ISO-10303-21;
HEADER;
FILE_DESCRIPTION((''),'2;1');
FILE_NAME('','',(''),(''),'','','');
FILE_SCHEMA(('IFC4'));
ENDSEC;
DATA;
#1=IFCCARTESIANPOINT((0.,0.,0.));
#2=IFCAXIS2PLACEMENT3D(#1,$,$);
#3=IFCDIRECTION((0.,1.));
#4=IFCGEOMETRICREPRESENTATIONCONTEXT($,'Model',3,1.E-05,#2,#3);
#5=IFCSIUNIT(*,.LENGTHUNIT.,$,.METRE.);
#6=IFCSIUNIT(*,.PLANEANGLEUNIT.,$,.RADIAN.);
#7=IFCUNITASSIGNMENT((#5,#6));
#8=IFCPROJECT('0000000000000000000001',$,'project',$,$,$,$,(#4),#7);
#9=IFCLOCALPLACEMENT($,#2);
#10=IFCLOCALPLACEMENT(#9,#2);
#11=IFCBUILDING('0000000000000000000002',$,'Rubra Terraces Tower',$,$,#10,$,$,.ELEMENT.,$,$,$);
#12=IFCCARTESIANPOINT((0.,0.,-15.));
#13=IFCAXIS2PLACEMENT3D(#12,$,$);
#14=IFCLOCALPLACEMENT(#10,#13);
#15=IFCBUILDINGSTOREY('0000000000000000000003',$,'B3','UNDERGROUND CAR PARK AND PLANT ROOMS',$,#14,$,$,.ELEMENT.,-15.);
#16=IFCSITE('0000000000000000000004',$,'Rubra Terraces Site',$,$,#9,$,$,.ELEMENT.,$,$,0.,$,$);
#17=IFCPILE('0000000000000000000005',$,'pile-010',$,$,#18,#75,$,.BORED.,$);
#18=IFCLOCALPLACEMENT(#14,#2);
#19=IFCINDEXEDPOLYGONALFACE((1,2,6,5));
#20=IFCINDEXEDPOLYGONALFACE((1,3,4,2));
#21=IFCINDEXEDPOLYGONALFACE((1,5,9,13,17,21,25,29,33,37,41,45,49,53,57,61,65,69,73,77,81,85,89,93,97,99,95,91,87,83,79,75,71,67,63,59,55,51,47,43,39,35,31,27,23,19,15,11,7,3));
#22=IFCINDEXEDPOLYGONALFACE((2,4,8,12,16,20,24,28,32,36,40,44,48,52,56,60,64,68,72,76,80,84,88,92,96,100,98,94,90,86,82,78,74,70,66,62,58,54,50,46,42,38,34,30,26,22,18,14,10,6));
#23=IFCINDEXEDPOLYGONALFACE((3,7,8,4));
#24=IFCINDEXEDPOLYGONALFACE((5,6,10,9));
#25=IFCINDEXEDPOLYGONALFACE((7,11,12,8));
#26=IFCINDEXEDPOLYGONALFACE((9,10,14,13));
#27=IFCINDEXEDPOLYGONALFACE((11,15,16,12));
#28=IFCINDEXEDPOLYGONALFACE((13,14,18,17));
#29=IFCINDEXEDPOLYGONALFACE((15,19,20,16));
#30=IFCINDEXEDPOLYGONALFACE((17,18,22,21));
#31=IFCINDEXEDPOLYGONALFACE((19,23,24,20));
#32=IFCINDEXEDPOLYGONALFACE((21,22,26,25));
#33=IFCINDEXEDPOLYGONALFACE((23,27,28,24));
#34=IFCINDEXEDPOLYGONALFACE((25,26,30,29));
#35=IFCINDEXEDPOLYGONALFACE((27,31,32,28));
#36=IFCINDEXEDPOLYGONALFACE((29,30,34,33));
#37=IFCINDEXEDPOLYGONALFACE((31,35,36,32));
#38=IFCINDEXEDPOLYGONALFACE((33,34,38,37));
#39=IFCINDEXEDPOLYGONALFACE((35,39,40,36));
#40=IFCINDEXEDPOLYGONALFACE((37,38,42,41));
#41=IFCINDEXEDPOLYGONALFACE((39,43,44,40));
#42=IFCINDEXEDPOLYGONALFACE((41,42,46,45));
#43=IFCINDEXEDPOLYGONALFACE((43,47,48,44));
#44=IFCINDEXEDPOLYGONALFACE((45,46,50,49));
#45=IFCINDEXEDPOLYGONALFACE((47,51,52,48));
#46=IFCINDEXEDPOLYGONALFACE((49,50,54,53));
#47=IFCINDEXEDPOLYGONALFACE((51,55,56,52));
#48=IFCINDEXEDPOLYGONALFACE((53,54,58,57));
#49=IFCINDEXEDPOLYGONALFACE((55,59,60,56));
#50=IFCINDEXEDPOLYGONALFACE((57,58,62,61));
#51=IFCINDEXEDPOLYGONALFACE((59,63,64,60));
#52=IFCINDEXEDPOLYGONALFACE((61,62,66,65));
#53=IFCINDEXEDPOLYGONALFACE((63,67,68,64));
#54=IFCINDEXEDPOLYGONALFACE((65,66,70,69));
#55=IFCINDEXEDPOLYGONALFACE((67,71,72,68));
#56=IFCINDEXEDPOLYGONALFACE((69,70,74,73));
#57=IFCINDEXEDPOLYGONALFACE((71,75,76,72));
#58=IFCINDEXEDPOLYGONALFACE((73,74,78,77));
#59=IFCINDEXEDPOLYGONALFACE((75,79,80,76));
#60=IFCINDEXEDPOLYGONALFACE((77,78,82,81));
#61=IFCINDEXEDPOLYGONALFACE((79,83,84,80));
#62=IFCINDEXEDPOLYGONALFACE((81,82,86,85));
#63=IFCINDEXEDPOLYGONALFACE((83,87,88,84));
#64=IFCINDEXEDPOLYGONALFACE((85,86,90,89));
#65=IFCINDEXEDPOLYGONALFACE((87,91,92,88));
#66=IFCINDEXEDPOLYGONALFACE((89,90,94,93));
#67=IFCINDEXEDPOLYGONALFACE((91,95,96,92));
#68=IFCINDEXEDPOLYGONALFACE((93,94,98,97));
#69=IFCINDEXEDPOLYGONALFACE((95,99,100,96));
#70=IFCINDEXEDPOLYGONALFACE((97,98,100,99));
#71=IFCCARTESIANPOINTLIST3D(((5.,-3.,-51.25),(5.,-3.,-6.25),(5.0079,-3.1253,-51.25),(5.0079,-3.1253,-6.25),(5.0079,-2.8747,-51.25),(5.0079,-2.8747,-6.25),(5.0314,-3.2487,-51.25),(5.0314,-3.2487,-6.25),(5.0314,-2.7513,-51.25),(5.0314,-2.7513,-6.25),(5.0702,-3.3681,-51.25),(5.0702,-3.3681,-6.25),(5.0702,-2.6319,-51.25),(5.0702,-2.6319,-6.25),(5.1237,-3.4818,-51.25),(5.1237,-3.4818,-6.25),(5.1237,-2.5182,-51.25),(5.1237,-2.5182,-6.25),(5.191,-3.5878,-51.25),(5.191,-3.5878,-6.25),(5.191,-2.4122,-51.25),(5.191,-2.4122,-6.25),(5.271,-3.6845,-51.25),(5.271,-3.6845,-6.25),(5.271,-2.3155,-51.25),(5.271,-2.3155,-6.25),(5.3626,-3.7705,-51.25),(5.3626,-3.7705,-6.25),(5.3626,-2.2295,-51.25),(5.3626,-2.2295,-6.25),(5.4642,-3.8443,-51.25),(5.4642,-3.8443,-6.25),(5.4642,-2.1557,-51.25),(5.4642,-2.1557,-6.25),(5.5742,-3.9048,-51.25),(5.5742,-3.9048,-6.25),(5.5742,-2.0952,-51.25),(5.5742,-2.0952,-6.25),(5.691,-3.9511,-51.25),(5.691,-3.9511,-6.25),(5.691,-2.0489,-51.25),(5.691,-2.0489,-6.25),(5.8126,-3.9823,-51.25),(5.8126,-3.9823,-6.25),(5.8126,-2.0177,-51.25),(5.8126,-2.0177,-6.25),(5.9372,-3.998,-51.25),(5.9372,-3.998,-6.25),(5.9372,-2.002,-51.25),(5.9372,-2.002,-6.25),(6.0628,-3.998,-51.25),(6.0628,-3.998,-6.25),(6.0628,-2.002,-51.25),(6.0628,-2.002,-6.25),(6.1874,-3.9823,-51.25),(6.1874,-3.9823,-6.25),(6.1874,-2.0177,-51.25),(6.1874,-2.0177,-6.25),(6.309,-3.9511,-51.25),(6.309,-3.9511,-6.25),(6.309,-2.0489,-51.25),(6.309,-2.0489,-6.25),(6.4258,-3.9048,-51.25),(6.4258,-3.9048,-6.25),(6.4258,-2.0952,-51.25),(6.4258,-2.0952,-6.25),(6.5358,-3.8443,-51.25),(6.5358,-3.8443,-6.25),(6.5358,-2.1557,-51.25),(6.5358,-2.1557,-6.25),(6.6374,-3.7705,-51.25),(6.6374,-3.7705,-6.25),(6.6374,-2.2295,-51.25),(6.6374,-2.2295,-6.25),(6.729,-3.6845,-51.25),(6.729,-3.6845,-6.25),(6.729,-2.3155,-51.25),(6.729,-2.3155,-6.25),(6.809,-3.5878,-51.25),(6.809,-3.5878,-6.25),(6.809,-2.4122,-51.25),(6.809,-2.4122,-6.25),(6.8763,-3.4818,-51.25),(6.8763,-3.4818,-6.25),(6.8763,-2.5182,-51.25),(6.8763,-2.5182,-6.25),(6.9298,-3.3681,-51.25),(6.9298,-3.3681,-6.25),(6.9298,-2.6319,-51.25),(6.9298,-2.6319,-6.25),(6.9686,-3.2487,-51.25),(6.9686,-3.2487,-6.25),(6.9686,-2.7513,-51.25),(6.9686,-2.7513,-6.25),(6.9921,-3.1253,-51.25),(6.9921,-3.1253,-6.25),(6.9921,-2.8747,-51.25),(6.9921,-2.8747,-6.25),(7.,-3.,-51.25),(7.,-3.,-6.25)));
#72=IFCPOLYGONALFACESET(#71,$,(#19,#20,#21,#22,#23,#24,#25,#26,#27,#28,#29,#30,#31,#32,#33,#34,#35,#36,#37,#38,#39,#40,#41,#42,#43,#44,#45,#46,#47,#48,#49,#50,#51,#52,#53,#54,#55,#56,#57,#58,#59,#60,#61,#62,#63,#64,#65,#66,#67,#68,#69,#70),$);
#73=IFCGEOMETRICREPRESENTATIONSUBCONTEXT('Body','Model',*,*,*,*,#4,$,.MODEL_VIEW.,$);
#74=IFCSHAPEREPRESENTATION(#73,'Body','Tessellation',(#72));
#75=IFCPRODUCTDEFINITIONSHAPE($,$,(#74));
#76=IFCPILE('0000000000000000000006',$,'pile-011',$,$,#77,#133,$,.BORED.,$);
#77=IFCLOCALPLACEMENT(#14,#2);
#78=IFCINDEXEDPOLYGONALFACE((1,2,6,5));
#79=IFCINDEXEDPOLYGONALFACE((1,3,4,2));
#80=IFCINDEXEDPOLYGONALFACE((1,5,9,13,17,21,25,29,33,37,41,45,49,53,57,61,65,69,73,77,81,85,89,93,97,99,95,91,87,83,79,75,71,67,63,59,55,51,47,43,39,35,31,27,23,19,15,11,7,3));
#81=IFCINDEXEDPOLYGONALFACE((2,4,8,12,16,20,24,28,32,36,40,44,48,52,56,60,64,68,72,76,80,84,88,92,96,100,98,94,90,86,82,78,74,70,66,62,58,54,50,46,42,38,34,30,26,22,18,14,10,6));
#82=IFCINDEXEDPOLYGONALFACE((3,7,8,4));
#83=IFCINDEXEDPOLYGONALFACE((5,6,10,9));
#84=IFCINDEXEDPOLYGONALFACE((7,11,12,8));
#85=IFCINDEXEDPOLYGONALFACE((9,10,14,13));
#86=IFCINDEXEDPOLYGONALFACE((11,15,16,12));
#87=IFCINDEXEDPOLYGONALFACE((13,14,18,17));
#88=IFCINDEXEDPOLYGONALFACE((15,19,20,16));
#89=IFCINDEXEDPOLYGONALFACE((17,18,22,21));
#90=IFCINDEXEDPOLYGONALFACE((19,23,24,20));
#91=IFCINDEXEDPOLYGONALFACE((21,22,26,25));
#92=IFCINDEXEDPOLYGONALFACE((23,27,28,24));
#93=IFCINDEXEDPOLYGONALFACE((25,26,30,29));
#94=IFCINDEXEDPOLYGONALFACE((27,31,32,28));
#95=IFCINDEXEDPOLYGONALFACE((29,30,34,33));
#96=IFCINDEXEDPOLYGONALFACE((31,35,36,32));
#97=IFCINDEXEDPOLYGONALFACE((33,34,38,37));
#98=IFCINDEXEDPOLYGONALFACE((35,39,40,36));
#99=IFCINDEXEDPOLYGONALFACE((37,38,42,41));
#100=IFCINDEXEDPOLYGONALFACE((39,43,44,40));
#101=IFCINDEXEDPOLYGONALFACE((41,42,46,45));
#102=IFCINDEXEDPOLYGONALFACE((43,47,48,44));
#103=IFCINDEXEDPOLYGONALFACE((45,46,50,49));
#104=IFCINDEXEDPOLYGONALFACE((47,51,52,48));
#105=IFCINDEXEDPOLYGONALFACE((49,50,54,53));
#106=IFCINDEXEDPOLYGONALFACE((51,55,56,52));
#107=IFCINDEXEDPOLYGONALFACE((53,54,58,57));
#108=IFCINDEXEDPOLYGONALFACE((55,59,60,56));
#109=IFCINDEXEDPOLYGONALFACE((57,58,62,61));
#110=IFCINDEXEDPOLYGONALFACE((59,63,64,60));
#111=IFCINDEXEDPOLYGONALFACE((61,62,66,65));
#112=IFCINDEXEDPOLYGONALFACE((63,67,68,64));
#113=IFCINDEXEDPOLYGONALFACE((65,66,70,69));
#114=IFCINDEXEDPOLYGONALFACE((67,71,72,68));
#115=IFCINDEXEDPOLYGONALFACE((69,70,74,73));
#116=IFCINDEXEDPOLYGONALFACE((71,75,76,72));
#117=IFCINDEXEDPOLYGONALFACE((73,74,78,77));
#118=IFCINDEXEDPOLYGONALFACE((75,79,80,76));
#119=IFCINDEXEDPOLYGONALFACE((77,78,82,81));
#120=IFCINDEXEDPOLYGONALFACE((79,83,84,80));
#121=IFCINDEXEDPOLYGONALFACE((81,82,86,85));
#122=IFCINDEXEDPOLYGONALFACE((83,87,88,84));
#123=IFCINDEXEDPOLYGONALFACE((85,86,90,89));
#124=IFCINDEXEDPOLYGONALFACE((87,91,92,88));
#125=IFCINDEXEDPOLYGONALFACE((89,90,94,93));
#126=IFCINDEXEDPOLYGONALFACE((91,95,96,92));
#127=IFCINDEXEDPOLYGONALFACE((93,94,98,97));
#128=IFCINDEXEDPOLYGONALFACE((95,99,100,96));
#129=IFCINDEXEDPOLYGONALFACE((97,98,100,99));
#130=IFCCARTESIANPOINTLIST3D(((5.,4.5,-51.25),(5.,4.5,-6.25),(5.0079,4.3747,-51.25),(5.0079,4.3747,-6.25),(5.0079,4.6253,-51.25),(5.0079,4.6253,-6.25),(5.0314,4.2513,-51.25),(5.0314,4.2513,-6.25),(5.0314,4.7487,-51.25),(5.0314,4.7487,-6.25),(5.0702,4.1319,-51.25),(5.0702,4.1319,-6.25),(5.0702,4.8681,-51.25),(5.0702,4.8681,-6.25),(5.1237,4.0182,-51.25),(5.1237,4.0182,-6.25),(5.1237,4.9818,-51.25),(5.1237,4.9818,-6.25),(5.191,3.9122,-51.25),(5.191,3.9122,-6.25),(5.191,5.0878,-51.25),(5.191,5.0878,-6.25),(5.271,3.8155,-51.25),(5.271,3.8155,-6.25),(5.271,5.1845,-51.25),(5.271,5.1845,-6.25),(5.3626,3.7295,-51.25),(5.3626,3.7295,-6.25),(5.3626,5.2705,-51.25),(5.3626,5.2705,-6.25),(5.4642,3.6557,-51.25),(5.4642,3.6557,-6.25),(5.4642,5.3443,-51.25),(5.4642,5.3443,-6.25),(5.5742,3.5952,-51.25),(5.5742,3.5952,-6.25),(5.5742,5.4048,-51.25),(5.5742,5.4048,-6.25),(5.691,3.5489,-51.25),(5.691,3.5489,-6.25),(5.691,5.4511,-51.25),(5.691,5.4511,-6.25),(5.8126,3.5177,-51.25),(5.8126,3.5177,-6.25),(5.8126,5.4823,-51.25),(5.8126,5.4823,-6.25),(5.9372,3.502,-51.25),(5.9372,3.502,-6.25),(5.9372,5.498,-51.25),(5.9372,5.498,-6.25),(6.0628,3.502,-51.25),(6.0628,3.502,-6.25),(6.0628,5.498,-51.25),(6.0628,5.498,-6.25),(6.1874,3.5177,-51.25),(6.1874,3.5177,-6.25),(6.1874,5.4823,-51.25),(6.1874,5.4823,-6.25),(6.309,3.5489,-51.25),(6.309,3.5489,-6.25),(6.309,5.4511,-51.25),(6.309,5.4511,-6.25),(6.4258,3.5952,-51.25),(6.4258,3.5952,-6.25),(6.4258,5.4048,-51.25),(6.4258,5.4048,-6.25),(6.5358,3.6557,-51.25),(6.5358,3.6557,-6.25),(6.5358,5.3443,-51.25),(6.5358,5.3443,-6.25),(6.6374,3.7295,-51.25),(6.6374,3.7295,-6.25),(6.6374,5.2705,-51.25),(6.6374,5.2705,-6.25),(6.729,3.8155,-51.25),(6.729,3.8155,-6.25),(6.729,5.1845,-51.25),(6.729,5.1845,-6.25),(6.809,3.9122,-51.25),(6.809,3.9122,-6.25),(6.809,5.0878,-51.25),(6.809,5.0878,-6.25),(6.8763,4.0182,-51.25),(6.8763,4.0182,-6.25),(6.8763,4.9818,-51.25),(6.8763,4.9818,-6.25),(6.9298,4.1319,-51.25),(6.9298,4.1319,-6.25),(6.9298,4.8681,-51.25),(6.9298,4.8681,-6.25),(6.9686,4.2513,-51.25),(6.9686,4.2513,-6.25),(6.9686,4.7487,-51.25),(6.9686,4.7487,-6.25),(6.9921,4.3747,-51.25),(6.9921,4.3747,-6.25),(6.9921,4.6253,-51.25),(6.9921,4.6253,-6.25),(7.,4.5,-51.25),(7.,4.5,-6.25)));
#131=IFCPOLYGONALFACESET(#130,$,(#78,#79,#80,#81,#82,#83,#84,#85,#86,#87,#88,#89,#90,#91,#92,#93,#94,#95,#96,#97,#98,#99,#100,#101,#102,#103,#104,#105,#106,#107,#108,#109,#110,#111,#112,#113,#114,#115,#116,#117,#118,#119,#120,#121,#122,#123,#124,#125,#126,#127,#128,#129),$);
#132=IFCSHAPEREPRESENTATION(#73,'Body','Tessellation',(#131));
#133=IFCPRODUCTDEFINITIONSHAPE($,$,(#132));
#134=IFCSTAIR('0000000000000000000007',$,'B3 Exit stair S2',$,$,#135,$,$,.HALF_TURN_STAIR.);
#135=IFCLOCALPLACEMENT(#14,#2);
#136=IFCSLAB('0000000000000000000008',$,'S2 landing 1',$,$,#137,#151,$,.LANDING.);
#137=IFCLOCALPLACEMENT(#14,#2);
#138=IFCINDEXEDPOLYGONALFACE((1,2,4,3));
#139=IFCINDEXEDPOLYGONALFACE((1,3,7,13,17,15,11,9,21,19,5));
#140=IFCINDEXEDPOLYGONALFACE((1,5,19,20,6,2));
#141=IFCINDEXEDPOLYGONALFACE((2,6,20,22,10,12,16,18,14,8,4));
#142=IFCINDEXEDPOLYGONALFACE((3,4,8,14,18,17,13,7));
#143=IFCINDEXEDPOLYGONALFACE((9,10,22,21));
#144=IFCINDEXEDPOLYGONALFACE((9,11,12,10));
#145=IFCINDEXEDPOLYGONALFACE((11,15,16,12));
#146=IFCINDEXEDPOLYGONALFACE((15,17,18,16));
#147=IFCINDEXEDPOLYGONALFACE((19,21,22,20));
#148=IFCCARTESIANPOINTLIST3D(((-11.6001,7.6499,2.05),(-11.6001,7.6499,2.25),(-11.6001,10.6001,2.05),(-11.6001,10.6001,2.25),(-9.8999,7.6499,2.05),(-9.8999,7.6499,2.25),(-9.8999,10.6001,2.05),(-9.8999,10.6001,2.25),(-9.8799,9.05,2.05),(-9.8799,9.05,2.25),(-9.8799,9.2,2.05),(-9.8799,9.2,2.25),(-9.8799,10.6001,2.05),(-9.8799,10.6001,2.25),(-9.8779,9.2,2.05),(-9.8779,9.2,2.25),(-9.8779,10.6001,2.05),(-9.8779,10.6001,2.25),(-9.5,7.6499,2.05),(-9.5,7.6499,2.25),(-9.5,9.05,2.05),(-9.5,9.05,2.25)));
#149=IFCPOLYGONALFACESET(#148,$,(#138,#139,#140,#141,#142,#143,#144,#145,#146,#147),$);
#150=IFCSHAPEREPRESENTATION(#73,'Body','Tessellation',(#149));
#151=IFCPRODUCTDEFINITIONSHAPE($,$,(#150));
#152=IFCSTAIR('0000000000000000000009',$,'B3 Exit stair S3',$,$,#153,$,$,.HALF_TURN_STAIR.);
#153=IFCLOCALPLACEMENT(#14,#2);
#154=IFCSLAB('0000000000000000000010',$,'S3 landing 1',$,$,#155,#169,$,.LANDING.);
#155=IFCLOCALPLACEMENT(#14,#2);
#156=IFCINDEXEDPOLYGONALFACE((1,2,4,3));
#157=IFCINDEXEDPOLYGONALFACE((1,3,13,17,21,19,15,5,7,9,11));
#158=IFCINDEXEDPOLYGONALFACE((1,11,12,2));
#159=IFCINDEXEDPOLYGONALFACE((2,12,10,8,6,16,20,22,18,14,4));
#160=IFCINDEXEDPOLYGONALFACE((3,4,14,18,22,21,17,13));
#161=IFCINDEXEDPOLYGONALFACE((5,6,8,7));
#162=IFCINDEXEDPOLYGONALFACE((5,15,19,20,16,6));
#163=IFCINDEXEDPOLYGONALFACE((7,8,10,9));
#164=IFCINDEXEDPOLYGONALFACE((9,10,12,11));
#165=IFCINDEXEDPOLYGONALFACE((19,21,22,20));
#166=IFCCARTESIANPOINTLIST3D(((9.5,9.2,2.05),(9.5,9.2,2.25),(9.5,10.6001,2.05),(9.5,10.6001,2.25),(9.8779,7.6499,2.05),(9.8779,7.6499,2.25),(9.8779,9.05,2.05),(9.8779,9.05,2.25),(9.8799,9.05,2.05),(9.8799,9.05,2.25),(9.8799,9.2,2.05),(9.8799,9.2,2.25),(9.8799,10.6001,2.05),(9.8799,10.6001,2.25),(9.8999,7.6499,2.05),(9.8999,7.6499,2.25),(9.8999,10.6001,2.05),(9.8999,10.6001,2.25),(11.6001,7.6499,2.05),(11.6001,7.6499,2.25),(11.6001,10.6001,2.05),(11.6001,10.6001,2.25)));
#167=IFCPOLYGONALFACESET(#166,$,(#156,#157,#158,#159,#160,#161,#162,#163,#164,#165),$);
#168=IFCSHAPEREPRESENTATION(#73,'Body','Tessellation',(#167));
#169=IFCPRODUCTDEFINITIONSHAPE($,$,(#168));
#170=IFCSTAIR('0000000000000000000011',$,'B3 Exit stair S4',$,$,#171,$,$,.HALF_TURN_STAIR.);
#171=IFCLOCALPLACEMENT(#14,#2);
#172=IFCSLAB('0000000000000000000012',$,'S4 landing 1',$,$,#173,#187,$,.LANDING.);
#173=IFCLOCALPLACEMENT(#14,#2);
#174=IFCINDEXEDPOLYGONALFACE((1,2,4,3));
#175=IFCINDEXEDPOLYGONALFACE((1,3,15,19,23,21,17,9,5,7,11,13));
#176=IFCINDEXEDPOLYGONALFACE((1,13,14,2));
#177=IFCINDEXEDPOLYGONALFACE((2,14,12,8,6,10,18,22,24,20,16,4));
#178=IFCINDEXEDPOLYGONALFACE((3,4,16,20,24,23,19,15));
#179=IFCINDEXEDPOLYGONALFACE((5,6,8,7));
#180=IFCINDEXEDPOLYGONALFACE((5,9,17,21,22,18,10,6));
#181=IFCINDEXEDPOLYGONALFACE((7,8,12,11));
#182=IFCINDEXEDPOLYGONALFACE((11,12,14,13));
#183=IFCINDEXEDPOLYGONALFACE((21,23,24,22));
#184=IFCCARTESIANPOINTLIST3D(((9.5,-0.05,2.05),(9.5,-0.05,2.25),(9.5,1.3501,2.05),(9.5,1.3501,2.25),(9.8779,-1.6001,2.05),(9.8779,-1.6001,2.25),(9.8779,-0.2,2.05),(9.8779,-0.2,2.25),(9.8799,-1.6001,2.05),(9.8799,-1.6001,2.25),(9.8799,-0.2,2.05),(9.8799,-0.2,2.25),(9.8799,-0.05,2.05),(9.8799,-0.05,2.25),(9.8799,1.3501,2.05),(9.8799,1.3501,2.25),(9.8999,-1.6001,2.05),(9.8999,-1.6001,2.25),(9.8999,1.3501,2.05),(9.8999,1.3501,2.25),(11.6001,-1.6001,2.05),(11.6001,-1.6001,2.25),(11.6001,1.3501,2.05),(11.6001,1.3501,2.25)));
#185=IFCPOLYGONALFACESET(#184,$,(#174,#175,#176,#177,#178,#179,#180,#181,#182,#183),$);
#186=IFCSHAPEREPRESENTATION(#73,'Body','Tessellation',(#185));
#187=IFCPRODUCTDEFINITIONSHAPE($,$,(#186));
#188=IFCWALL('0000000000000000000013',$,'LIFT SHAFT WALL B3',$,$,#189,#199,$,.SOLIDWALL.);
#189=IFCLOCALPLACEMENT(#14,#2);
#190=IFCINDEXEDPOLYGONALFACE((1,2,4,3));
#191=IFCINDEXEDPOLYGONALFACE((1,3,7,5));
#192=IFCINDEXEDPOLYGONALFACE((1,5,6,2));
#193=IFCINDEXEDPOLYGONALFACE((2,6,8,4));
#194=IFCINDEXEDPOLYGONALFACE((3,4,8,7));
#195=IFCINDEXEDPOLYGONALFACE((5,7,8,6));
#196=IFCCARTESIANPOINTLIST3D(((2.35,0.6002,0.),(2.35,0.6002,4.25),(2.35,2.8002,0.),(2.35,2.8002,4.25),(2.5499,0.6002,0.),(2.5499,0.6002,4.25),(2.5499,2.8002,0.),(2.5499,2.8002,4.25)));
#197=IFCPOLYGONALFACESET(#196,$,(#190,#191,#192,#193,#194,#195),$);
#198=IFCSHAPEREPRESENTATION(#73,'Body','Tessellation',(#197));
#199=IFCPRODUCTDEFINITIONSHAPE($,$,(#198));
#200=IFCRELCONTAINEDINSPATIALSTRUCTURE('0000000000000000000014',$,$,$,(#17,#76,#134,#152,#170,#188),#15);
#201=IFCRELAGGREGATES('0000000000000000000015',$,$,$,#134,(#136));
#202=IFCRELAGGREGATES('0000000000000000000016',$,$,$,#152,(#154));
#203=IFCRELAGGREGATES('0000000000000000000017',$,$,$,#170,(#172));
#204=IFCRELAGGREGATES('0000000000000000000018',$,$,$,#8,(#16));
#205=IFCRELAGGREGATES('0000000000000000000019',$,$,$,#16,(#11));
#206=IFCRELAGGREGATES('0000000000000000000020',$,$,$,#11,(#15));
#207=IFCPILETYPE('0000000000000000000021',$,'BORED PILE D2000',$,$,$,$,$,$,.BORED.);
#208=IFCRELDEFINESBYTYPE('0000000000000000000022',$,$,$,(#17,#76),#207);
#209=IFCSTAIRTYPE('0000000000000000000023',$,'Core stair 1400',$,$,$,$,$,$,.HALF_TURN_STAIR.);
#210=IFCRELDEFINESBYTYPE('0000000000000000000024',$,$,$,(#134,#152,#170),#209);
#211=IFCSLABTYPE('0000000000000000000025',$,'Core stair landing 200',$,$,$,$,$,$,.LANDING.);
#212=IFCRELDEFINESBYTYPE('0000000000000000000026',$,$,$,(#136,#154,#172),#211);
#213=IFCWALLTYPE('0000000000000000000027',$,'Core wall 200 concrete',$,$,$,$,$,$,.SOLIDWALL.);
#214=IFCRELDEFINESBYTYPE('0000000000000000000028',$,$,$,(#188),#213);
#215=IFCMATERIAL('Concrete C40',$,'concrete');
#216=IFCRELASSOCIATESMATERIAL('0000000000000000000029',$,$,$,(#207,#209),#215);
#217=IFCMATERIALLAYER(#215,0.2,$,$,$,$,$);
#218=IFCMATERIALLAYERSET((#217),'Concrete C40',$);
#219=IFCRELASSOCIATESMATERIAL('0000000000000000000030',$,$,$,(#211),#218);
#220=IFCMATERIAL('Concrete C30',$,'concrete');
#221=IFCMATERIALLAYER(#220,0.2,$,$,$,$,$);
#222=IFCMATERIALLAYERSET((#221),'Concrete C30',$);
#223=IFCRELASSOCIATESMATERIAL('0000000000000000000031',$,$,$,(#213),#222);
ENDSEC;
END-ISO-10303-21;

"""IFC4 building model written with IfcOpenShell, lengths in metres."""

from ifc_helpers import new_model, si_unit, direction, frame, frame_2d, origin, origin_2d, place, context, subcontext, project, spatial, polyline, rectangle, circle, outline, extrude, material, layer, layer_set, material_profile, profile_set, type_object, element, aggregate, save


model = new_model("IFC4")

# Units and contexts
model_context = context("Model", 3, precision=1e-05, world=origin(), true_north=direction((0.0, 1.0)))
body_context = subcontext(model_context, "Body", "Model", "MODEL_VIEW")
ifc_project = project(units=[si_unit("LENGTHUNIT", "METRE"), si_unit("PLANEANGLEUNIT", "RADIAN")], contexts=[model_context])

# Site, building, storey
site_placement = place(None, origin())
site = spatial("IfcSite", under=ifc_project, at=site_placement, Name="Rubra Terraces Site", CompositionType="ELEMENT", RefElevation=0.0)
building_placement = place(site_placement, origin())
building = spatial("IfcBuilding", under=site, at=building_placement, Name="Rubra Terraces Tower", CompositionType="ELEMENT")
storey_placement = place(building_placement, frame((0.0, 0.0, -15.0)))
storey = spatial("IfcBuildingStorey", under=building, at=storey_placement, Name="B3", Description="UNDERGROUND CAR PARK AND PLANT ROOMS", CompositionType="ELEMENT", Elevation=-15.0)

# Piles
ifc_material_1 = material(Name="Concrete C40", Category="concrete")
ifc_material_profile = material_profile(ifc_material_1, circle(Radius=1.0, at=origin_2d()), Name="BORED PILE D2000")
ifc_profile_set = profile_set([ifc_material_profile], Name="Concrete C40")
pile_type = type_object("IfcPileType", Name="BORED PILE D2000", PredefinedType="BORED", material=ifc_profile_set)
for number, where, z_axis, x_axis, name in (
    (1, (6.0, -3.0, -6.25), (0.0, 0.0, -1.0), (1.0, 0.0, 0.0), "pile-010"),
    (2, (6.0, 4.5, -6.25), (0.0, 0.0, -1.0), (1.0, 0.0, 0.0), "pile-011"),
):
    element("IfcPile", number, at=place(storey_placement, frame(where, z_axis=z_axis, x_axis=x_axis)), inside=storey, type_object=pile_type, Name=name, PredefinedType="BORED", context=body_context, shape_type="SweptSolid", body=[
        extrude(circle(Radius=1.0, at=origin_2d()), origin(), (0.0, 0.0, 1.0), 45.0),
    ])

# Stairs, slabs
stair_type = type_object("IfcStairType", Name="Core stair 1400", PredefinedType="HALF_TURN_STAIR", material=ifc_material_1)
stair_1_placement = place(storey_placement, origin())
stair_1 = element("IfcStair", 3, at=stair_1_placement, inside=storey, type_object=stair_type, Name="B3 Exit stair S2", PredefinedType="HALF_TURN_STAIR")
ifc_layer_1 = layer(ifc_material_1, 0.2)
ifc_layer_set_1 = layer_set([ifc_layer_1], Name="Concrete C40")
slab_type = type_object("IfcSlabType", Name="Core stair landing 200", PredefinedType="LANDING", material=ifc_layer_set_1)
slab_1_placement = place(storey_placement, frame((0.0, 0.0, 2.05)))
slab_1 = element("IfcSlab", 4, at=slab_1_placement, type_object=slab_type, Name="S2 landing 1", PredefinedType="LANDING", context=body_context, shape_type="SweptSolid", body=[
    extrude(outline(polyline([(-9.5, 9.05), (-9.5, 7.6499), (-9.8999, 7.6499), (-11.6001, 7.6499), (-11.6001, 10.6001), (-9.8999, 10.6001), (-9.8799, 10.6001), (-9.8779, 10.6001), (-9.8779, 9.2), (-9.8799, 9.2), (-9.8799, 9.05), (-9.5, 9.05)])), origin(), (0.0, 0.0, 1.0), 0.2),
])
aggregate(stair_1, [slab_1])
stair_2_placement = place(storey_placement, origin())
stair_2 = element("IfcStair", 5, at=stair_2_placement, inside=storey, type_object=stair_type, Name="B3 Exit stair S3", PredefinedType="HALF_TURN_STAIR")
slab_2_placement = place(storey_placement, frame((0.0, 0.0, 2.05)))
slab_2 = element("IfcSlab", 6, at=slab_2_placement, type_object=slab_type, Name="S3 landing 1", PredefinedType="LANDING", context=body_context, shape_type="SweptSolid", body=[
    extrude(outline(polyline([(9.8799, 9.05), (9.8799, 9.2), (9.5, 9.2), (9.5, 10.6001), (9.8799, 10.6001), (9.8999, 10.6001), (11.6001, 10.6001), (11.6001, 7.6499), (9.8999, 7.6499), (9.8779, 7.6499), (9.8779, 9.05), (9.8799, 9.05)])), origin(), (0.0, 0.0, 1.0), 0.2),
])
aggregate(stair_2, [slab_2])
stair_3_placement = place(storey_placement, origin())
stair_3 = element("IfcStair", 7, at=stair_3_placement, inside=storey, type_object=stair_type, Name="B3 Exit stair S4", PredefinedType="HALF_TURN_STAIR")
slab_3_placement = place(storey_placement, frame((0.0, 0.0, 2.05)))
slab_3 = element("IfcSlab", 8, at=slab_3_placement, type_object=slab_type, Name="S4 landing 1", PredefinedType="LANDING", context=body_context, shape_type="SweptSolid", body=[
    extrude(outline(polyline([(9.8799, -0.2), (9.8799, -0.05), (9.5, -0.05), (9.5, 1.3501), (9.8799, 1.3501), (9.8999, 1.3501), (11.6001, 1.3501), (11.6001, -1.6001), (9.8999, -1.6001), (9.8799, -1.6001), (9.8779, -1.6001), (9.8779, -0.2), (9.8799, -0.2)])), origin(), (0.0, 0.0, 1.0), 0.2),
])

# Wall
ifc_material_2 = material(Name="Concrete C30", Category="concrete")
ifc_layer_2 = layer(ifc_material_2, 0.2)
ifc_layer_set_2 = layer_set([ifc_layer_2], Name="Concrete C30")
wall_type_1 = type_object("IfcWallType", Name="Core wall 200 concrete", PredefinedType="SOLIDWALL", material=ifc_layer_set_2)
wall_1_placement = place(storey_placement, frame((2.45, 0.6001, 0.0), z_axis=(0.0, 0.0, 1.0), x_axis=(0.0, 1.0, 0.0)))
element("IfcWall", 9, at=wall_1_placement, inside=storey, type_object=wall_type_1, Name="LIFT SHAFT WALL B3", PredefinedType="SOLIDWALL", context=body_context, shape_type="SweptSolid", body=[
    extrude(rectangle(XDim=2.2, YDim=0.2, at=frame_2d((1.1001, 0.0))), origin(), (0.0, 0.0, 1.0), 4.25),
])

aggregate(stair_3, [slab_3])

save(model, "model.ifc")
